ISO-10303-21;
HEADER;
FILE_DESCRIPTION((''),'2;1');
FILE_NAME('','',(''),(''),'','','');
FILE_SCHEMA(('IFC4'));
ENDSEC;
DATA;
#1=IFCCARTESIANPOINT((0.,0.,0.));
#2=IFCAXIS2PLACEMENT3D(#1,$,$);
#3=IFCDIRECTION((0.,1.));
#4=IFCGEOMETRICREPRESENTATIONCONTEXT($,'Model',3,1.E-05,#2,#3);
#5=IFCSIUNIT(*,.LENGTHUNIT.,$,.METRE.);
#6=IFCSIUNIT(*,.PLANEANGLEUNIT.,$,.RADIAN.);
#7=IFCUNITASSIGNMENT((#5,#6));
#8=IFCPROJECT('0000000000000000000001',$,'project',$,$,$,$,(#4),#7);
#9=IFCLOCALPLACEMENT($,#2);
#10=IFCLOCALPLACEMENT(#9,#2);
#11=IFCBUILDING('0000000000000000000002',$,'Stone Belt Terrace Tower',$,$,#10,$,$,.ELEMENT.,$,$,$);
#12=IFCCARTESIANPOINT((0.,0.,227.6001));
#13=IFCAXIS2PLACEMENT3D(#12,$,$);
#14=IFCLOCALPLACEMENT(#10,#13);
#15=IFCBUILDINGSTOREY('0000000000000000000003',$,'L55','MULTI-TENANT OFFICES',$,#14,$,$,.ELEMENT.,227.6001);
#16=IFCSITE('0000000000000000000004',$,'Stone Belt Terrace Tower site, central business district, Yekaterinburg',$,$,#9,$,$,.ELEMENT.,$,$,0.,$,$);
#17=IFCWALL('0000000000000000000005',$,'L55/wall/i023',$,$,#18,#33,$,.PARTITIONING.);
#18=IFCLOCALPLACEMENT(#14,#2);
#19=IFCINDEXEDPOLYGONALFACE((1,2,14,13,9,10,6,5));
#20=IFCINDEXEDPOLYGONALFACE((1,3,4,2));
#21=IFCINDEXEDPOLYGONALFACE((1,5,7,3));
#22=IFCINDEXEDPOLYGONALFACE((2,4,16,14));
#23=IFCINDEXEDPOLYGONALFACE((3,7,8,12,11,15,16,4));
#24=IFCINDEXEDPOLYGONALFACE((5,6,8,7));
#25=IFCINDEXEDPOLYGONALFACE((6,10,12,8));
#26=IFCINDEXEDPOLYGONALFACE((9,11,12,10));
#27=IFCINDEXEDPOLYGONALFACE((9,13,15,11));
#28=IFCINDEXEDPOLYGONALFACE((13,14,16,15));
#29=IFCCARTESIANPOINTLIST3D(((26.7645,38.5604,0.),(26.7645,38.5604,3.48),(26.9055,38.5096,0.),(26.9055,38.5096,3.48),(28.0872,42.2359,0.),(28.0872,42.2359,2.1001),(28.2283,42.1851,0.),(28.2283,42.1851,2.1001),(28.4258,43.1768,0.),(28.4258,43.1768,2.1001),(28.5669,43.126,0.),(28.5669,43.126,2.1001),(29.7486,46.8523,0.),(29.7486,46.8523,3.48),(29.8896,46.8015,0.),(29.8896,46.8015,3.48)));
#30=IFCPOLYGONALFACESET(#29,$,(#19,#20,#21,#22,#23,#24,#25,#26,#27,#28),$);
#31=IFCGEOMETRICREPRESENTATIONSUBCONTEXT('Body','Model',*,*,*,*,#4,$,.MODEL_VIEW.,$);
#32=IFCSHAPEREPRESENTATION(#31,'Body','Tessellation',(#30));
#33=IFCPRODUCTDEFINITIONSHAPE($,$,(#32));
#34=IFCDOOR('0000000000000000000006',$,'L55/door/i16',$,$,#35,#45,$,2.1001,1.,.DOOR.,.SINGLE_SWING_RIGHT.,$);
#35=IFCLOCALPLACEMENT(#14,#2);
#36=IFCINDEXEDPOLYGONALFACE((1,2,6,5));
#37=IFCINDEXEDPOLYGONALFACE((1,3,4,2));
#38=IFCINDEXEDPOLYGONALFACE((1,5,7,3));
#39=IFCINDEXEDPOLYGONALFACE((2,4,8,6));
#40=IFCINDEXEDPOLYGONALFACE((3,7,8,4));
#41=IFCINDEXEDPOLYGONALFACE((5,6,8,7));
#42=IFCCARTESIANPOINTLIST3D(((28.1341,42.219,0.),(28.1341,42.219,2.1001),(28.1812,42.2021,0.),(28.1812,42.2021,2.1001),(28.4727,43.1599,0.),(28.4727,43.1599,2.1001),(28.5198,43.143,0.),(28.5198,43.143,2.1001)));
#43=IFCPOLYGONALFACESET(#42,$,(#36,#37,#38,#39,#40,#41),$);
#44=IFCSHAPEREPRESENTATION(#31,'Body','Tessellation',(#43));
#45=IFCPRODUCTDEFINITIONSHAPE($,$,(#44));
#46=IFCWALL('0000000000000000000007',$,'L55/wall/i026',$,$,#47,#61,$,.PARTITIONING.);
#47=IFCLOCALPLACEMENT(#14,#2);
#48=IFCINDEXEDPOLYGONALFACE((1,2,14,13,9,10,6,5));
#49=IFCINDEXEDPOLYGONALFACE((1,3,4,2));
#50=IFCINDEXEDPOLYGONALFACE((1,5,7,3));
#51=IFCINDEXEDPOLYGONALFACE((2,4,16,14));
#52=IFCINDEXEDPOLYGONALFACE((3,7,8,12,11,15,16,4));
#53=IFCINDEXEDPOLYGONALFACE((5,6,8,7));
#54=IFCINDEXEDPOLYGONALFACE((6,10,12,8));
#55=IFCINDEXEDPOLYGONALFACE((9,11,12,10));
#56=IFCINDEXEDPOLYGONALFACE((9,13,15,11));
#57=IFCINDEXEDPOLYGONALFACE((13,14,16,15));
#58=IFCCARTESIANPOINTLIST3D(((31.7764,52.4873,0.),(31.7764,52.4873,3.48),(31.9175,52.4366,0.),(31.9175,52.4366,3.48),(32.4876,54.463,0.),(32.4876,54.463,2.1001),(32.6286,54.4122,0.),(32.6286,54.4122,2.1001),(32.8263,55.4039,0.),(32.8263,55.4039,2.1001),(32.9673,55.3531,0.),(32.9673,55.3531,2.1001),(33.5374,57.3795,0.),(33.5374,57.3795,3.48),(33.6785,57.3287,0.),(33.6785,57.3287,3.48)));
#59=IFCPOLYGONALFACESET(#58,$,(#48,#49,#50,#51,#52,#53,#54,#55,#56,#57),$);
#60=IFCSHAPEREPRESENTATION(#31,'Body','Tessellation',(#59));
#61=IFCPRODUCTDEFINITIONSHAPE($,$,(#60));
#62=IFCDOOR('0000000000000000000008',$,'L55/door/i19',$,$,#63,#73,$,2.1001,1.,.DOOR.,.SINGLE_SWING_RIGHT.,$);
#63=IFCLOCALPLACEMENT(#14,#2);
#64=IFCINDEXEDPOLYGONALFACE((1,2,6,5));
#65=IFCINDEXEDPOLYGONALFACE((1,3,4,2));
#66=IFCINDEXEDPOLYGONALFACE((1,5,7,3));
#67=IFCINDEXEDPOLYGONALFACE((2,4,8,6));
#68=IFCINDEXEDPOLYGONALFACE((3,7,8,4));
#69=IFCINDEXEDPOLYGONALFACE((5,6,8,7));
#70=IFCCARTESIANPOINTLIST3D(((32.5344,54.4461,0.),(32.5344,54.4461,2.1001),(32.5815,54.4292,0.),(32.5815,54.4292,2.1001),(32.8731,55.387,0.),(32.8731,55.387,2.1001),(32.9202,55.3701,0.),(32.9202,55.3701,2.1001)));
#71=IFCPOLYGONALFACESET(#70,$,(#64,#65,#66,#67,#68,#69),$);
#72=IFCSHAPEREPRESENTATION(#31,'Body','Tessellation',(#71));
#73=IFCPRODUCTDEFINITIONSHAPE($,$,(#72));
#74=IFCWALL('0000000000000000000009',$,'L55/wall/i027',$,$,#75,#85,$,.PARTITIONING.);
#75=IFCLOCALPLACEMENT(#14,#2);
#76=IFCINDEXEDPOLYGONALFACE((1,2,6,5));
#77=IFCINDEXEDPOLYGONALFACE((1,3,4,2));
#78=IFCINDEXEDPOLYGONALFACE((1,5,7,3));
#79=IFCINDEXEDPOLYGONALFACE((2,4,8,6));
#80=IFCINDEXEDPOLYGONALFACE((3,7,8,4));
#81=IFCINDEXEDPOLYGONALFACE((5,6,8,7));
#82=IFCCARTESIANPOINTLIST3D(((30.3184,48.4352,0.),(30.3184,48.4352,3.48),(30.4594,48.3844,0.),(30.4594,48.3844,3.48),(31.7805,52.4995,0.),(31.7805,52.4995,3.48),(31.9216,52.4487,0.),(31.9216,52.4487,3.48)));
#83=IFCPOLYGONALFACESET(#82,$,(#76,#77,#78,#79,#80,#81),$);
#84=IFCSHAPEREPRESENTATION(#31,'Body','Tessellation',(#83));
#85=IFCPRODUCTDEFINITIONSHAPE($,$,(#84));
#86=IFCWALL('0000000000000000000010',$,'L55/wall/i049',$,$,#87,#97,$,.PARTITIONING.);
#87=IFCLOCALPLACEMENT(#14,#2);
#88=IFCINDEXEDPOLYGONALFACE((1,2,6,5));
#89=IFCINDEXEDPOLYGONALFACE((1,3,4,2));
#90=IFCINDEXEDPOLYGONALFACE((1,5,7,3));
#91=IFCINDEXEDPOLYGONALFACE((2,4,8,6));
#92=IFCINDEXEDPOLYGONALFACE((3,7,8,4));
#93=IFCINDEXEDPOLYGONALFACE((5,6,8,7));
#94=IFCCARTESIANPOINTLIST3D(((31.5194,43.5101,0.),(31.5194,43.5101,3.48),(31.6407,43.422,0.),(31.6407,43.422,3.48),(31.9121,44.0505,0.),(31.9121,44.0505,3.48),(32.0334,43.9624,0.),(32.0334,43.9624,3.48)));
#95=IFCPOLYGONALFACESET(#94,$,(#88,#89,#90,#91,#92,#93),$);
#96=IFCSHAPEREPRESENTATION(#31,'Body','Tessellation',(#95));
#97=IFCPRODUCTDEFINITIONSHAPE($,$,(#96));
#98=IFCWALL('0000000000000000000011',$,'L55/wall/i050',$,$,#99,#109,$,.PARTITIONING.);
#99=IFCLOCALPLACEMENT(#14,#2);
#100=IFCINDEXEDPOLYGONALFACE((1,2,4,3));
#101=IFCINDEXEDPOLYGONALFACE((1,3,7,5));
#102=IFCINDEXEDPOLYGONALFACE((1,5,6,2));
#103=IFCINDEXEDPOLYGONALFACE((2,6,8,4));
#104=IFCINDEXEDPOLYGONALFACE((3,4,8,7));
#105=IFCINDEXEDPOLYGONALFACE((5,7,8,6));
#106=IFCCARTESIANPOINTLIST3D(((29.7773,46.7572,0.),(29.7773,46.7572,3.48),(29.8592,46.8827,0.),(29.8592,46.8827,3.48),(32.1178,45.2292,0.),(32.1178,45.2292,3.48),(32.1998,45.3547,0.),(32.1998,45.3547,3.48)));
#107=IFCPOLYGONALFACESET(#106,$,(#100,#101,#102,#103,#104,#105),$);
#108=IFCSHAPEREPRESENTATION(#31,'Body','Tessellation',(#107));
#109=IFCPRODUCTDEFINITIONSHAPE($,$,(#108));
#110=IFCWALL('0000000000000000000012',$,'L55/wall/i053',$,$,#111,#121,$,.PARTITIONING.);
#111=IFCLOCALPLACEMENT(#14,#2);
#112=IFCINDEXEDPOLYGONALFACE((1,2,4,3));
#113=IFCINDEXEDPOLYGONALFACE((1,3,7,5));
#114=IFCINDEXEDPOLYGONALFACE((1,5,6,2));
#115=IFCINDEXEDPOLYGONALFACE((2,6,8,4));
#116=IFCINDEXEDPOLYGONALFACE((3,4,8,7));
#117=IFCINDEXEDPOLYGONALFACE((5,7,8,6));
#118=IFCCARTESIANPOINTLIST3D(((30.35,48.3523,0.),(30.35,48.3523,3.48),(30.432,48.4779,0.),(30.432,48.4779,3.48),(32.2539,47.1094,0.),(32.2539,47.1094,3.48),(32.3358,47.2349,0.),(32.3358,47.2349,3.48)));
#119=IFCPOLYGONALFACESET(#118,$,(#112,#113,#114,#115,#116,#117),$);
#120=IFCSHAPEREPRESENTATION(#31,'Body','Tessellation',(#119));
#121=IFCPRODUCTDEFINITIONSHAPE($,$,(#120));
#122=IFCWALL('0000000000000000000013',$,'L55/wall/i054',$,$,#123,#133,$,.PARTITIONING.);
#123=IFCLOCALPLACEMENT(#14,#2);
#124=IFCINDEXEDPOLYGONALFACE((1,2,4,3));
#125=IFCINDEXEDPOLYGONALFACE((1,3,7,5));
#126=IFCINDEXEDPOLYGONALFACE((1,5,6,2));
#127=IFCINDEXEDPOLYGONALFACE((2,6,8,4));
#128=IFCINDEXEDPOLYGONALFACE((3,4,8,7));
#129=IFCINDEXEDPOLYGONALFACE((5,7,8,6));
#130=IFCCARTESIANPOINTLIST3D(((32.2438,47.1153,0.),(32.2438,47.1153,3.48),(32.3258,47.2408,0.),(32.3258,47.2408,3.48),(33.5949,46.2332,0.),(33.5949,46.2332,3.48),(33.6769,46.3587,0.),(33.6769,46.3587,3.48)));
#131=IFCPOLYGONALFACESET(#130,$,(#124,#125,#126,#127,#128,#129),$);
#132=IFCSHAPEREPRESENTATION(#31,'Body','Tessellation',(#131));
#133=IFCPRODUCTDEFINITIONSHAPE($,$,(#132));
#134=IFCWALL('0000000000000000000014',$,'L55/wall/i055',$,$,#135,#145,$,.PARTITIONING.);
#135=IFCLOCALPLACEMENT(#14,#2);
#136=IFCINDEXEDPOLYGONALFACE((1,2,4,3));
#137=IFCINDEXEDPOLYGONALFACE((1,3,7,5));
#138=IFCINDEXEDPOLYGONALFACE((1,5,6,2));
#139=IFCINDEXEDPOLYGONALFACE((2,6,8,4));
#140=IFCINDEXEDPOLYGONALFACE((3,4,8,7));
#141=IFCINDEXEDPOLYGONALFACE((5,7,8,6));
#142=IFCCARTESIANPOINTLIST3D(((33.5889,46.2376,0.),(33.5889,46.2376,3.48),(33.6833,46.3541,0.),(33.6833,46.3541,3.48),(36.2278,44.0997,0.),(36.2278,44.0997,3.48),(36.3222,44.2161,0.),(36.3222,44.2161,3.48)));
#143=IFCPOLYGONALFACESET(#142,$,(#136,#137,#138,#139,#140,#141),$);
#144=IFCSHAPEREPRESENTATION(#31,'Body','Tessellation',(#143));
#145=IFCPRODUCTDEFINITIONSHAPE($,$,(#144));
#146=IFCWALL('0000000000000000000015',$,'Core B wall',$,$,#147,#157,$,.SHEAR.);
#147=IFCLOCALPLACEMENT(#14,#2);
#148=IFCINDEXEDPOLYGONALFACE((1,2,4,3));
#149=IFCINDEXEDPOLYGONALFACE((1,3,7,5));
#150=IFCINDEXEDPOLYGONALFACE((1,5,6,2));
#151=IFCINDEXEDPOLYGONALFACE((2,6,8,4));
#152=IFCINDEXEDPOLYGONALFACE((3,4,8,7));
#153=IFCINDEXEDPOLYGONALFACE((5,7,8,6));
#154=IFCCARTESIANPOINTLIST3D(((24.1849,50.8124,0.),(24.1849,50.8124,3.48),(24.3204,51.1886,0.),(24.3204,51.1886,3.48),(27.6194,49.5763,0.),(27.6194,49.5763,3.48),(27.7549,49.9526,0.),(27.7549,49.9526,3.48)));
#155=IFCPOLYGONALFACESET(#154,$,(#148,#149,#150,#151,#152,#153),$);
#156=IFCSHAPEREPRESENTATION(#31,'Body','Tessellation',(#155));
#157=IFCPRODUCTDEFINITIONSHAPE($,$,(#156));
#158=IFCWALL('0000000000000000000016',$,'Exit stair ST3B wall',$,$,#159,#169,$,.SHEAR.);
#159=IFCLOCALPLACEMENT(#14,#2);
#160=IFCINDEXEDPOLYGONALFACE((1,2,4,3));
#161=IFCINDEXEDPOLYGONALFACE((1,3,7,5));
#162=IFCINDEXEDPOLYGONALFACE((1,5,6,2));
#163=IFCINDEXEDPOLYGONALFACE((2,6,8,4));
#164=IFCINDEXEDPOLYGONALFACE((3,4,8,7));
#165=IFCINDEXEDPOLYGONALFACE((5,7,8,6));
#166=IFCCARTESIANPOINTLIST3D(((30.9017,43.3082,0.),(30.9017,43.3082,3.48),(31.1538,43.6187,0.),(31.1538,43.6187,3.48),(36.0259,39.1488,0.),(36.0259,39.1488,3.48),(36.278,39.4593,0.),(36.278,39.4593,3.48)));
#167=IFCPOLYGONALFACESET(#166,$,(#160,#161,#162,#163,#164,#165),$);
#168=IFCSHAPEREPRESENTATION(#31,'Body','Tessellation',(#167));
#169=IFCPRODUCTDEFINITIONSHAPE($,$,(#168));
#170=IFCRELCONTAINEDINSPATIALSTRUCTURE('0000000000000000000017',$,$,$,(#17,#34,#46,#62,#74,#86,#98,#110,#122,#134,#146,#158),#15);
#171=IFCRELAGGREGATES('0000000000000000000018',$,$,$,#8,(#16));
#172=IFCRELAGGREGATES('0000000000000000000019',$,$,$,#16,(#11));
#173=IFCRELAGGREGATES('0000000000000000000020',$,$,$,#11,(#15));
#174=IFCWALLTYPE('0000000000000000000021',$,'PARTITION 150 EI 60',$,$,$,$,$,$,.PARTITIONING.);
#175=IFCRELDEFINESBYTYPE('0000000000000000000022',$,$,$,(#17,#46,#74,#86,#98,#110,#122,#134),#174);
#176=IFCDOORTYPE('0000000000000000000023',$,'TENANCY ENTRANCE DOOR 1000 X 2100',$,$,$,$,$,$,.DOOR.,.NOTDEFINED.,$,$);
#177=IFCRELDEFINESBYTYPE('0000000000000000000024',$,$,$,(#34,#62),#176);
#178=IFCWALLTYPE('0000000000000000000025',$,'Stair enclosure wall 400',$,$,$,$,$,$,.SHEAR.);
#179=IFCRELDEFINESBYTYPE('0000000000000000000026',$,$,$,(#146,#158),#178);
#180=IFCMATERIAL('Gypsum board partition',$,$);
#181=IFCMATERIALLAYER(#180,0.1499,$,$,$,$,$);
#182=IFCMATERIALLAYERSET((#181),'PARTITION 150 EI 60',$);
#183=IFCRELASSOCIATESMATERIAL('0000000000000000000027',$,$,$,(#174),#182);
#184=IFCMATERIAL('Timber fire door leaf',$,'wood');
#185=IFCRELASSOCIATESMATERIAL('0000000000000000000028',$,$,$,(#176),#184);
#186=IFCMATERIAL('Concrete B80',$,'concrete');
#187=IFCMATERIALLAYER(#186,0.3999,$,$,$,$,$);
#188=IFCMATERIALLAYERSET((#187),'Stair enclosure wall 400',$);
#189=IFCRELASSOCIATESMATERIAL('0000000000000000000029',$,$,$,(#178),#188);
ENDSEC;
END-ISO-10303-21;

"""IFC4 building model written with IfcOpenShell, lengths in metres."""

from ifc_helpers import new_model, si_unit, direction, frame, frame_2d, origin, place, context, subcontext, project, spatial, rectangle, extrude, material, layer, layer_set, type_object, element, fill, save


model = new_model("IFC4")

# Units and contexts
model_context = context("Model", 3, precision=1e-05, world=origin(), true_north=direction((0.0, 1.0)))
body_context = subcontext(model_context, "Body", "Model", "MODEL_VIEW")
ifc_project = project(units=[si_unit("LENGTHUNIT", "METRE"), si_unit("PLANEANGLEUNIT", "RADIAN")], contexts=[model_context])

# Site, building, storey
site_placement = place(None, origin())
site = spatial("IfcSite", under=ifc_project, at=site_placement, Name="Stone Belt Terrace Tower site, central business district, Yekaterinburg", CompositionType="ELEMENT", RefElevation=0.0)
building_placement = place(site_placement, origin())
building = spatial("IfcBuilding", under=site, at=building_placement, Name="Stone Belt Terrace Tower", CompositionType="ELEMENT")
storey_placement = place(building_placement, frame((0.0, 0.0, 227.6001)))
storey = spatial("IfcBuildingStorey", under=building, at=storey_placement, Name="L55", Description="MULTI-TENANT OFFICES", CompositionType="ELEMENT", Elevation=227.6001)

# Shared definitions
ifc_material_1 = material(Name="Concrete B80", Category="concrete")
ifc_material_2 = material(Name="Gypsum board partition")

# Walls, openings, doors
ifc_layer_1 = layer(ifc_material_2, 0.1499)
ifc_layer_set_1 = layer_set([ifc_layer_1], Name="PARTITION 150 EI 60")
wall_type_1 = type_object("IfcWallType", Name="PARTITION 150 EI 60", PredefinedType="PARTITIONING", material=ifc_layer_set_1)
wall_1_placement = place(storey_placement, frame((29.8191, 46.8269, 0.0), z_axis=(0.0, 0.0, 1.0), x_axis=(-0.33862, -0.940923, 0.0)))
wall_1 = element("IfcWall", 1, at=wall_1_placement, inside=storey, type_object=wall_type_1, Name="L55/wall/i023", PredefinedType="PARTITIONING", context=body_context, shape_type="SweptSolid", body=[
    extrude(rectangle(XDim=8.8125, YDim=0.1499, at=frame_2d((4.4062, 0.0))), origin(), (0.0, 0.0, 1.0), 3.48),
])
opening_1_placement = place(wall_1_placement, frame((3.9062, 0.0, 0.0)))
opening_1 = element("IfcOpeningElement", 2, at=opening_1_placement, cuts=wall_1, PredefinedType="OPENING", context=body_context, shape_type="SweptSolid", body=[
    extrude(rectangle(XDim=1.0, YDim=2.1001, at=frame_2d((0.5, 1.05))), frame((0.0, 0.085, 0.0), z_axis=(0.0, -1.0, 0.0), x_axis=(1.0, 0.0, 0.0)), (0.0, 0.0, 1.0), 0.1699),
])
ifc_material_3 = material(Name="Timber fire door leaf", Category="wood")
door_type_1 = type_object("IfcDoorType", Name="TENANCY ENTRANCE DOOR 1000 X 2100", OperationType="NOTDEFINED", PredefinedType="DOOR", material=ifc_material_3)
door_1_placement = place(opening_1_placement, origin())
door_1 = element("IfcDoor", 3, at=door_1_placement, inside=storey, type_object=door_type_1, Name="L55/door/i16", OperationType="SINGLE_SWING_RIGHT", OverallHeight=2.1001, OverallWidth=1.0, PredefinedType="DOOR", context=body_context, shape_type="SweptSolid", body=[
    extrude(rectangle(XDim=1.0, YDim=2.1001, at=frame_2d((0.5, 1.05))), frame((0.0, 0.0249, 0.0), z_axis=(0.0, -1.0, 0.0), x_axis=(1.0, 0.0, 0.0)), (0.0, 0.0, 1.0), 0.05),
])
fill(opening_1, door_1)
wall_2_placement = place(storey_placement, frame((33.6079, 57.354, 0.0), z_axis=(0.0, 0.0, 1.0), x_axis=(-0.338691, -0.940898, 0.0)))
wall_2 = element("IfcWall", 4, at=wall_2_placement, inside=storey, type_object=wall_type_1, Name="L55/wall/i026", PredefinedType="PARTITIONING", context=body_context, shape_type="SweptSolid", body=[
    extrude(rectangle(XDim=5.1995, YDim=0.1499, at=frame_2d((2.5996, 0.0))), origin(), (0.0, 0.0, 1.0), 3.48),
])
opening_2_placement = place(wall_2_placement, frame((2.0996, 0.0, 0.0)))
opening_2 = element("IfcOpeningElement", 5, at=opening_2_placement, cuts=wall_2, PredefinedType="OPENING", context=body_context, shape_type="SweptSolid", body=[
    extrude(rectangle(XDim=1.0, YDim=2.1001, at=frame_2d((0.5, 1.05))), frame((0.0, 0.085, 0.0), z_axis=(0.0, -1.0, 0.0), x_axis=(1.0, 0.0, 0.0)), (0.0, 0.0, 1.0), 0.1699),
])
door_2_placement = place(opening_2_placement, origin())
door_2 = element("IfcDoor", 6, at=door_2_placement, inside=storey, type_object=door_type_1, Name="L55/door/i19", OperationType="SINGLE_SWING_RIGHT", OverallHeight=2.1001, OverallWidth=1.0, PredefinedType="DOOR", context=body_context, shape_type="SweptSolid", body=[
    extrude(rectangle(XDim=1.0, YDim=2.1001, at=frame_2d((0.5, 1.05))), frame((0.0, 0.0249, 0.0), z_axis=(0.0, -1.0, 0.0), x_axis=(1.0, 0.0, 0.0)), (0.0, 0.0, 1.0), 0.05),
])
fill(opening_2, door_2)

# Walls
wall_3_placement = place(storey_placement, frame((31.8511, 52.4741, 0.0), z_axis=(0.0, 0.0, 1.0), x_axis=(-0.338523, -0.940958, 0.0)))
element("IfcWall", 7, at=wall_3_placement, inside=storey, type_object=wall_type_1, Name="L55/wall/i027", PredefinedType="PARTITIONING", context=body_context, shape_type="SweptSolid", body=[
    extrude(rectangle(XDim=4.3193, YDim=0.1499, at=frame_2d((2.1597, 0.0))), origin(), (0.0, 0.0, 1.0), 3.48),
])
wall_4_placement = place(storey_placement, frame((31.5801, 43.4661, 0.0), z_axis=(0.0, 0.0, 1.0), x_axis=(0.587824, 0.808989, 0.0)))
element("IfcWall", 8, at=wall_4_placement, inside=storey, type_object=wall_type_1, Name="L55/wall/i049", PredefinedType="PARTITIONING", context=body_context, shape_type="SweptSolid", body=[
    extrude(rectangle(XDim=0.668, YDim=0.1499, at=frame_2d((0.334, 0.0))), origin(), (0.0, 0.0, 1.0), 3.48),
])
wall_5_placement = place(storey_placement, frame((32.1587, 45.292, 0.0), z_axis=(0.0, 0.0, 1.0), x_axis=(-0.837346, 0.546673, 0.0)))
element("IfcWall", 9, at=wall_5_placement, inside=storey, type_object=wall_type_1, Name="L55/wall/i050", PredefinedType="PARTITIONING", context=body_context, shape_type="SweptSolid", body=[
    extrude(rectangle(XDim=2.7952, YDim=0.1499, at=frame_2d((1.3975, 0.0))), origin(), (0.0, 0.0, 1.0), 3.48),
])
wall_6_placement = place(storey_placement, frame((30.3911, 48.415, 0.0), z_axis=(0.0, 0.0, 1.0), x_axis=(0.837348, -0.546671, 0.0)))
element("IfcWall", 10, at=wall_6_placement, inside=storey, type_object=wall_type_1, Name="L55/wall/i053", PredefinedType="PARTITIONING", context=body_context, shape_type="SweptSolid", body=[
    extrude(rectangle(XDim=2.2737, YDim=0.1499, at=frame_2d((1.1367, 0.0))), origin(), (0.0, 0.0, 1.0), 3.48),
])
wall_7_placement = place(storey_placement, frame((32.2849, 47.178, 0.0), z_axis=(0.0, 0.0, 1.0), x_axis=(0.837343, -0.546678, 0.0)))
element("IfcWall", 11, at=wall_7_placement, inside=storey, type_object=wall_type_1, Name="L55/wall/i054", PredefinedType="PARTITIONING", context=body_context, shape_type="SweptSolid", body=[
    extrude(rectangle(XDim=1.6135, YDim=0.1499, at=frame_2d((0.8066, 0.0))), origin(), (0.0, 0.0, 1.0), 3.48),
])
wall_8_placement = place(storey_placement, frame((33.636, 46.2959, 0.0), z_axis=(0.0, 0.0, 1.0), x_axis=(0.777004, -0.629496, 0.0)))
element("IfcWall", 12, at=wall_8_placement, inside=storey, type_object=wall_type_1, Name="L55/wall/i055", PredefinedType="PARTITIONING", context=body_context, shape_type="SweptSolid", body=[
    extrude(rectangle(XDim=3.3962, YDim=0.1499, at=frame_2d((1.6982, 0.0))), origin(), (0.0, 0.0, 1.0), 3.48),
])
ifc_layer_2 = layer(ifc_material_1, 0.3999)
ifc_layer_set_2 = layer_set([ifc_layer_2], Name="Stair enclosure wall 400")
wall_type_2 = type_object("IfcWallType", Name="Stair enclosure wall 400", PredefinedType="SHEAR", material=ifc_layer_set_2)
wall_9_placement = place(storey_placement, frame((27.6873, 49.7644, 0.0), z_axis=(0.0, 0.0, 1.0), x_axis=(-0.940919, 0.338632, 0.0)))
element("IfcWall", 13, at=wall_9_placement, inside=storey, type_object=wall_type_2, Name="Core B wall", PredefinedType="SHEAR", context=body_context, shape_type="SweptSolid", body=[
    extrude(rectangle(XDim=3.6501, YDim=0.3999, at=frame_2d((1.8252, 0.0))), origin(), (0.0, 0.0, 1.0), 3.48),
])
wall_10_placement = place(storey_placement, frame((31.0278, 43.4634, 0.0), z_axis=(0.0, 0.0, 1.0), x_axis=(0.776414, -0.630224, 0.0)))
element("IfcWall", 14, at=wall_10_placement, inside=storey, type_object=wall_type_2, Name="Exit stair ST3B wall", PredefinedType="SHEAR", context=body_context, shape_type="SweptSolid", body=[
    extrude(rectangle(XDim=6.5999, YDim=0.3999, at=frame_2d((3.2998, 0.0))), origin(), (0.0, 0.0, 1.0), 3.48),
])

save(model, "model.ifc")
